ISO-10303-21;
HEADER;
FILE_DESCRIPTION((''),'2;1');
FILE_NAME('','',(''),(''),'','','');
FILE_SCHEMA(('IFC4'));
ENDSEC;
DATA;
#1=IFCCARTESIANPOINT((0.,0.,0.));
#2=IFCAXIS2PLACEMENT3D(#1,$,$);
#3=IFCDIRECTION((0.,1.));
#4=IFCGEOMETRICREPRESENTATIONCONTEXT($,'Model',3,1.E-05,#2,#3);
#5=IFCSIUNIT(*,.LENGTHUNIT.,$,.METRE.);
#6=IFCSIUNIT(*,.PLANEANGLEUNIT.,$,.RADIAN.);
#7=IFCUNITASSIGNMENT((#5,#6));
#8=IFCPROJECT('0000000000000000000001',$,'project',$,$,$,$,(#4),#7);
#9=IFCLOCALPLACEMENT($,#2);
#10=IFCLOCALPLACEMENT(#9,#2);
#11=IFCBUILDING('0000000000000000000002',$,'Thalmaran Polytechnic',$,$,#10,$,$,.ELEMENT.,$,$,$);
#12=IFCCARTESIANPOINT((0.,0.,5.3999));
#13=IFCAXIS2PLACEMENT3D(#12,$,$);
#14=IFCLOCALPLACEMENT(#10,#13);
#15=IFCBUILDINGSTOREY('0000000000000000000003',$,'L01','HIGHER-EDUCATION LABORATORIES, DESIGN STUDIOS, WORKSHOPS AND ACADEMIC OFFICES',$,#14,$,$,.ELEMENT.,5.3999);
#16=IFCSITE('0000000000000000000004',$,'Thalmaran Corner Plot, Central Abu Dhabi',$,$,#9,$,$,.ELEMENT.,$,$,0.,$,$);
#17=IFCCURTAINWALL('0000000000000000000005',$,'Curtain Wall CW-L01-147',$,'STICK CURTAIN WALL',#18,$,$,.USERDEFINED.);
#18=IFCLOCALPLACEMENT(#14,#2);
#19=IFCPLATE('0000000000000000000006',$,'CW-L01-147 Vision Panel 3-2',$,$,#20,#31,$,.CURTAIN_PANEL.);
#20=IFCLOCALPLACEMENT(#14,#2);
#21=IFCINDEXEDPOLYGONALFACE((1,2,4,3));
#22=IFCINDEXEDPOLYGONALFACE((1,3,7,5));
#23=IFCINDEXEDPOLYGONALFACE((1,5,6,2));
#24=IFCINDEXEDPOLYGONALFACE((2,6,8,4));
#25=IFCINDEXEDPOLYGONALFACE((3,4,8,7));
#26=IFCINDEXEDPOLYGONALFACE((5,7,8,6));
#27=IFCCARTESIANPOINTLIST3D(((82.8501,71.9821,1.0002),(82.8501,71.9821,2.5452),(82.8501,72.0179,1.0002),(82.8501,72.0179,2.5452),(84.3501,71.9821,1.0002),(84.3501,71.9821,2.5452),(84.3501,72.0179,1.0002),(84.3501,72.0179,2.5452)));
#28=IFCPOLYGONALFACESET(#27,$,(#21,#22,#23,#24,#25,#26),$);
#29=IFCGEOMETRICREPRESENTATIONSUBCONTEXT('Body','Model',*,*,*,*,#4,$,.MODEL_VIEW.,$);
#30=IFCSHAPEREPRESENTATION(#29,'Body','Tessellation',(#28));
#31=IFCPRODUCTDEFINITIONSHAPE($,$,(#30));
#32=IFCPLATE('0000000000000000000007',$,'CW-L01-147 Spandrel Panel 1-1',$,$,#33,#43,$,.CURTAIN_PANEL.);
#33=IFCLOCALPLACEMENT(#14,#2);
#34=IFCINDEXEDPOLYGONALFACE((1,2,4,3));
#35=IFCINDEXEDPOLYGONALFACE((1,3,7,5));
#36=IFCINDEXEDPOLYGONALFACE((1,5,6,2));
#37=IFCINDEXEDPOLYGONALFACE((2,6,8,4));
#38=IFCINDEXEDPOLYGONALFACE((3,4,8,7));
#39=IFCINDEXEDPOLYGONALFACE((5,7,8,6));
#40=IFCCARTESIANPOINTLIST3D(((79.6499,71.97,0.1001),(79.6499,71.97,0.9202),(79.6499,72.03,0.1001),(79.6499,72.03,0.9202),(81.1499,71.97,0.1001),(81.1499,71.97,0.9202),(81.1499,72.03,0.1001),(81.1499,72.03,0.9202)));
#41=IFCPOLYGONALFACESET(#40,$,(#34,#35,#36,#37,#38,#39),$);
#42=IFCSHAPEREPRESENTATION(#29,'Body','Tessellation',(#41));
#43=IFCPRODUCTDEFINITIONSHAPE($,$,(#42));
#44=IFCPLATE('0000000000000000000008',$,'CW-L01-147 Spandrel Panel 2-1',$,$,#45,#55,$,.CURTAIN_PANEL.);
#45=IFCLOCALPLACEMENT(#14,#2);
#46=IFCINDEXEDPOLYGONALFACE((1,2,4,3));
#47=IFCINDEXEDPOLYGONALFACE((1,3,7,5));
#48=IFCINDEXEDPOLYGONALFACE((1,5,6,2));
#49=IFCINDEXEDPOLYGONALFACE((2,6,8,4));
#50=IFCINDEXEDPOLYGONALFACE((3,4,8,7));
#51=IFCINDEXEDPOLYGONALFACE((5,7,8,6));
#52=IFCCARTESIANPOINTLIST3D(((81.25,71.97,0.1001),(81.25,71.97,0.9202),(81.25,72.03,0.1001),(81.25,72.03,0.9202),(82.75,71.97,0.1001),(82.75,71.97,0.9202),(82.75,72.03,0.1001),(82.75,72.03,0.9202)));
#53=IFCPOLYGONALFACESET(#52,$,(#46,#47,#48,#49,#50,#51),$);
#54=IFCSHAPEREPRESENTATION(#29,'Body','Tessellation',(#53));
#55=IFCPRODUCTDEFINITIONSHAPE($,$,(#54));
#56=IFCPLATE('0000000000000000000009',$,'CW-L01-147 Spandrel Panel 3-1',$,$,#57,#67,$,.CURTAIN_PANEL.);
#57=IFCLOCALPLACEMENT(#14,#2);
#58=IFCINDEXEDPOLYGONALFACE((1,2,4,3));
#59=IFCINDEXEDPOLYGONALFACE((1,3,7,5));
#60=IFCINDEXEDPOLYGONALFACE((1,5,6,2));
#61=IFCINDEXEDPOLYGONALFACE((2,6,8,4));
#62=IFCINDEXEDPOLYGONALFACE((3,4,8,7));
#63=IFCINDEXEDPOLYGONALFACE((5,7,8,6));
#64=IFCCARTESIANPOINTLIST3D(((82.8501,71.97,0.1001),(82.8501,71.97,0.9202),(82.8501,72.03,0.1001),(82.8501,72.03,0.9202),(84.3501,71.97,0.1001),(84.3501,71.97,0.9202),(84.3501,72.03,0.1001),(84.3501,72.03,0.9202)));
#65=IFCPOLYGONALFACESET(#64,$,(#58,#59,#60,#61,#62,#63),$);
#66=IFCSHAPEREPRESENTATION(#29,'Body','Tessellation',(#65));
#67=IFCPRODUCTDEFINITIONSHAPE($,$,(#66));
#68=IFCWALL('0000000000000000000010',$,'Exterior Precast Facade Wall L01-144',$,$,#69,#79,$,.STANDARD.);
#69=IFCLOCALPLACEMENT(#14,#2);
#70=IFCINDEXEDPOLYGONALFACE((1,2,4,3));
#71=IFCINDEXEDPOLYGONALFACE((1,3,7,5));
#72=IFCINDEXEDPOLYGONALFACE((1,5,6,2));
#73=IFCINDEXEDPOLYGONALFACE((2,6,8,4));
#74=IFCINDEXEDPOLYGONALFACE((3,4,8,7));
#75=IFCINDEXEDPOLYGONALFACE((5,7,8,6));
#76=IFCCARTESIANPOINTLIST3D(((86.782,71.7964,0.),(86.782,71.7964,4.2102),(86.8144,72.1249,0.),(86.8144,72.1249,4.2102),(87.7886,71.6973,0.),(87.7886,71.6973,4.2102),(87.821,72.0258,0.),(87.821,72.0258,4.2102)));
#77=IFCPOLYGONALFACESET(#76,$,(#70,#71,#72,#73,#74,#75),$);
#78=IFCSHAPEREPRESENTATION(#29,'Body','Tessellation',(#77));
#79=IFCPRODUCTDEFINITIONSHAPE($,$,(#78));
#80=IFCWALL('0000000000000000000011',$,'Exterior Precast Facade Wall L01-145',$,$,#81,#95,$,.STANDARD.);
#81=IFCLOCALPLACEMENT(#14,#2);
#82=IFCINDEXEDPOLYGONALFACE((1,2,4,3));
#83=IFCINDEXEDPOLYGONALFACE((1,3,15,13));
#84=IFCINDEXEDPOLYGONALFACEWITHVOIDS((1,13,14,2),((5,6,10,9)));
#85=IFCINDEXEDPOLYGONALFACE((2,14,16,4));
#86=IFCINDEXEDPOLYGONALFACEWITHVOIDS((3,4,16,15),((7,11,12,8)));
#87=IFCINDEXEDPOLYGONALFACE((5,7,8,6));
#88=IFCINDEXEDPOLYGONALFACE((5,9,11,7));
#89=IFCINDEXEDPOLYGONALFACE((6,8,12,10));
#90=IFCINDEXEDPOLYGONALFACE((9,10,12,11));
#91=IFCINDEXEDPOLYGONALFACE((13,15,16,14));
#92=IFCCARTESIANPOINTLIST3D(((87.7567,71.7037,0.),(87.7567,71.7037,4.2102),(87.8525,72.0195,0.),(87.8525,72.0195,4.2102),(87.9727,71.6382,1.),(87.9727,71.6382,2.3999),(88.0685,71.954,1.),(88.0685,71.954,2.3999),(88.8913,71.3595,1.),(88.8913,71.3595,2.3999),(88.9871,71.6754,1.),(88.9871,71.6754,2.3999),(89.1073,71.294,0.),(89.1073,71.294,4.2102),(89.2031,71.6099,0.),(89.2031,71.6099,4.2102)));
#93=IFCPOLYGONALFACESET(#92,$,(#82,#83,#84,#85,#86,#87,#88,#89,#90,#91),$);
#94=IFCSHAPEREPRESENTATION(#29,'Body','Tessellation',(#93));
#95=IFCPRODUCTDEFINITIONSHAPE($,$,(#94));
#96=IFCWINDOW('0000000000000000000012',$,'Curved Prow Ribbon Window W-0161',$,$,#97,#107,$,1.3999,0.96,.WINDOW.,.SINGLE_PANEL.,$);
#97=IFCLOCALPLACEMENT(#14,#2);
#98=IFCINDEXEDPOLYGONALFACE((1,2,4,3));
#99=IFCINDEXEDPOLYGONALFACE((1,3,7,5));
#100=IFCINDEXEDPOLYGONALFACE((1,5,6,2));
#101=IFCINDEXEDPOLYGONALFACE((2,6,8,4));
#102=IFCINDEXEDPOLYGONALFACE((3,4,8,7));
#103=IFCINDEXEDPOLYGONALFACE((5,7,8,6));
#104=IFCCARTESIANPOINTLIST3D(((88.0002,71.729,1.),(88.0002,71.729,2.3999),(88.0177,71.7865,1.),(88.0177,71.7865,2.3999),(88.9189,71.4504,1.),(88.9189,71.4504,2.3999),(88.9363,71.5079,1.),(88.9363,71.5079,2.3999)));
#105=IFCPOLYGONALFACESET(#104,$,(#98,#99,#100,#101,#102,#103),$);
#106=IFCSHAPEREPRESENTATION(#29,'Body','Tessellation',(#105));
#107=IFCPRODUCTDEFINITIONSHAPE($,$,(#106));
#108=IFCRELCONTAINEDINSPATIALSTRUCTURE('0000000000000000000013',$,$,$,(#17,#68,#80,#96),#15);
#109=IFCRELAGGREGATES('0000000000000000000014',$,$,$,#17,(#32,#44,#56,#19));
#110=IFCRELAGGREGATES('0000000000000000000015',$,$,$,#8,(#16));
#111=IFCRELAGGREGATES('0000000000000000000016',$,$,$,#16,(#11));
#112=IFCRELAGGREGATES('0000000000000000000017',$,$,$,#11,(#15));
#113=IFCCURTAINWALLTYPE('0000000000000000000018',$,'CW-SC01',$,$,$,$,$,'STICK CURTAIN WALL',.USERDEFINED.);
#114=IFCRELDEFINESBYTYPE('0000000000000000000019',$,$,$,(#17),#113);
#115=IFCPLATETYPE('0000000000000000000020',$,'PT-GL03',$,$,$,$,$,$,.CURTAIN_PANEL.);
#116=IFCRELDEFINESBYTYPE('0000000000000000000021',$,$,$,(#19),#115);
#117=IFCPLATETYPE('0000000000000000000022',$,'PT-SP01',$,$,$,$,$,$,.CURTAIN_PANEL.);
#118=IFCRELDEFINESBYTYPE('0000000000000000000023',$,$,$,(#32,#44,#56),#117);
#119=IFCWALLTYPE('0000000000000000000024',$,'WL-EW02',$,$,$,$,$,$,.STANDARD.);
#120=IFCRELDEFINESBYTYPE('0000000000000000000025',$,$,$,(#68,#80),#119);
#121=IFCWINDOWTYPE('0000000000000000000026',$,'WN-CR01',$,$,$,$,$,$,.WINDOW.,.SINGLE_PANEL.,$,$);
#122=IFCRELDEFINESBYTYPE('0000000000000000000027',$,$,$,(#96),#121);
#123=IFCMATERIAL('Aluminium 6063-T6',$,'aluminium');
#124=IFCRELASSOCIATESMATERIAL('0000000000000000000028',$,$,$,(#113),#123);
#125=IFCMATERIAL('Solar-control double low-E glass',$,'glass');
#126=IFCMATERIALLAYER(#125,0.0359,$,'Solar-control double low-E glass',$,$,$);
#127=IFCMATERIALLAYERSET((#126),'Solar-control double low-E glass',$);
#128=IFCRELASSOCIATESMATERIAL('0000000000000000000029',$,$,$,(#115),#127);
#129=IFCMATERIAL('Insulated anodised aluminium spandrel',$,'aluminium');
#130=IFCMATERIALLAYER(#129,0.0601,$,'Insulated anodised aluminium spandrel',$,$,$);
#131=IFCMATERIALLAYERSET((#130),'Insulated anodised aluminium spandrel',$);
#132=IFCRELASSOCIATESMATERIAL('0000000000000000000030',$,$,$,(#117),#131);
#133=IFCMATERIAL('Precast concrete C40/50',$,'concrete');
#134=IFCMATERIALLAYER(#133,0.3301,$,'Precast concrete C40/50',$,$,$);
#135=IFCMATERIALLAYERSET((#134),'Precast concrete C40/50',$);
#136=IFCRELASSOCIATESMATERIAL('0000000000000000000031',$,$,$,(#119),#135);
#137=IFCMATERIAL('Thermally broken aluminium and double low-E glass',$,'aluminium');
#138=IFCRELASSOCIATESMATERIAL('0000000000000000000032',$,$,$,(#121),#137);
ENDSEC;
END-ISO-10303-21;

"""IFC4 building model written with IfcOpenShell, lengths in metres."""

from ifc_helpers import new_model, si_unit, direction, frame, frame_2d, origin, origin_2d, place, context, subcontext, project, spatial, rectangle, extrude, material, layer, layer_set, type_object, element, fill, aggregate, save


model = new_model("IFC4")

# Units and contexts
model_context = context("Model", 3, precision=1e-05, world=origin(), true_north=direction((0.0, 1.0)))
body_context = subcontext(model_context, "Body", "Model", "MODEL_VIEW")
ifc_project = project(units=[si_unit("LENGTHUNIT", "METRE"), si_unit("PLANEANGLEUNIT", "RADIAN")], contexts=[model_context])

# Site, building, storey
site_placement = place(None, origin())
site = spatial("IfcSite", under=ifc_project, at=site_placement, Name="Thalmaran Corner Plot, Central Abu Dhabi", CompositionType="ELEMENT", RefElevation=0.0)
building_placement = place(site_placement, origin())
building = spatial("IfcBuilding", under=site, at=building_placement, Name="Thalmaran Polytechnic", CompositionType="ELEMENT")
storey_placement = place(building_placement, frame((0.0, 0.0, 5.3999)))
storey = spatial("IfcBuildingStorey", under=building, at=storey_placement, Name="L01", Description="HIGHER-EDUCATION LABORATORIES, DESIGN STUDIOS, WORKSHOPS AND ACADEMIC OFFICES", CompositionType="ELEMENT", Elevation=5.3999)

# Curtain wall, plates
ifc_material_1 = material(Name="Aluminium 6063-T6", Category="aluminium")
curtain_wall_type = type_object("IfcCurtainWallType", Name="CW-SC01", ElementType="STICK CURTAIN WALL", PredefinedType="USERDEFINED", material=ifc_material_1)
curtain_wall_placement = place(storey_placement, origin())
curtain_wall = element("IfcCurtainWall", 1, at=curtain_wall_placement, inside=storey, type_object=curtain_wall_type, Name="Curtain Wall CW-L01-147", ObjectType="STICK CURTAIN WALL", PredefinedType="USERDEFINED")
ifc_material_2 = material(Name="Solar-control double low-E glass", Category="glass")
ifc_layer_1 = layer(ifc_material_2, 0.0359, Name="Solar-control double low-E glass")
ifc_layer_set_1 = layer_set([ifc_layer_1], Name="Solar-control double low-E glass")
plate_type_1 = type_object("IfcPlateType", Name="PT-GL03", PredefinedType="CURTAIN_PANEL", material=ifc_layer_set_1)
plate_1_placement = place(storey_placement, frame((83.6001, 72.0, 1.0002), z_axis=(0.0, 0.0, 1.0), x_axis=(1.0, 0.0, 0.0)))
plate_1 = element("IfcPlate", 2, at=plate_1_placement, type_object=plate_type_1, Name="CW-L01-147 Vision Panel 3-2", PredefinedType="CURTAIN_PANEL", context=body_context, shape_type="SweptSolid", body=[
    extrude(rectangle(XDim=1.5, YDim=0.0359, at=origin_2d()), origin(), (0.0, 0.0, 1.0), 1.5449),
])
ifc_material_3 = material(Name="Insulated anodised aluminium spandrel", Category="aluminium")
ifc_layer_2 = layer(ifc_material_3, 0.0601, Name="Insulated anodised aluminium spandrel")
ifc_layer_set_2 = layer_set([ifc_layer_2], Name="Insulated anodised aluminium spandrel")
plate_type_2 = type_object("IfcPlateType", Name="PT-SP01", PredefinedType="CURTAIN_PANEL", material=ifc_layer_set_2)
plate_2_placement = place(storey_placement, frame((80.3999, 72.0, 0.1001), z_axis=(0.0, 0.0, 1.0), x_axis=(1.0, 0.0, 0.0)))
plate_2 = element("IfcPlate", 3, at=plate_2_placement, type_object=plate_type_2, Name="CW-L01-147 Spandrel Panel 1-1", PredefinedType="CURTAIN_PANEL", context=body_context, shape_type="SweptSolid", body=[
    extrude(rectangle(XDim=1.5, YDim=0.0601, at=origin_2d()), origin(), (0.0, 0.0, 1.0), 0.8201),
])
plate_3_placement = place(storey_placement, frame((82.0, 72.0, 0.1001), z_axis=(0.0, 0.0, 1.0), x_axis=(1.0, 0.0, 0.0)))
plate_3 = element("IfcPlate", 4, at=plate_3_placement, type_object=plate_type_2, Name="CW-L01-147 Spandrel Panel 2-1", PredefinedType="CURTAIN_PANEL", context=body_context, shape_type="SweptSolid", body=[
    extrude(rectangle(XDim=1.5, YDim=0.0601, at=origin_2d()), origin(), (0.0, 0.0, 1.0), 0.8201),
])
plate_4_placement = place(storey_placement, frame((83.6001, 72.0, 0.1001), z_axis=(0.0, 0.0, 1.0), x_axis=(1.0, 0.0, 0.0)))
plate_4 = element("IfcPlate", 5, at=plate_4_placement, type_object=plate_type_2, Name="CW-L01-147 Spandrel Panel 3-1", PredefinedType="CURTAIN_PANEL", context=body_context, shape_type="SweptSolid", body=[
    extrude(rectangle(XDim=1.5, YDim=0.0601, at=origin_2d()), origin(), (0.0, 0.0, 1.0), 0.8201),
])
aggregate(curtain_wall, [plate_2, plate_3, plate_4, plate_1])

# Wall
ifc_material_4 = material(Name="Precast concrete C40/50", Category="concrete")
ifc_layer_3 = layer(ifc_material_4, 0.3301, Name="Precast concrete C40/50")
ifc_layer_set_3 = layer_set([ifc_layer_3], Name="Precast concrete C40/50")
wall_type = type_object("IfcWallType", Name="WL-EW02", PredefinedType="STANDARD", material=ifc_layer_set_3)
wall_1_placement = place(storey_placement, frame((86.7981, 71.9607, 0.0), z_axis=(0.0, 0.0, 1.0), x_axis=(0.995187, -0.097998, 0.0)))
element("IfcWall", 6, at=wall_1_placement, inside=storey, type_object=wall_type, Name="Exterior Precast Facade Wall L01-144", PredefinedType="STANDARD", context=body_context, shape_type="SweptSolid", body=[
    extrude(rectangle(XDim=1.0115, YDim=0.3301, at=frame_2d((0.5059, 0.0))), origin(), (0.0, 0.0, 1.0), 4.2102),
])

# Wall, opening, window
wall_2_placement = place(storey_placement, frame((87.8047, 71.8616, 0.0), z_axis=(0.0, 0.0, 1.0), x_axis=(0.956946, -0.290267, 0.0)))
wall_2 = element("IfcWall", 7, at=wall_2_placement, inside=storey, type_object=wall_type, Name="Exterior Precast Facade Wall L01-145", PredefinedType="STANDARD", context=body_context, shape_type="SweptSolid", body=[
    extrude(rectangle(XDim=1.4114, YDim=0.3301, at=frame_2d((0.7056, 0.0))), origin(), (0.0, 0.0, 1.0), 4.2102),
])
opening_placement = place(wall_2_placement, frame((0.2256, 0.0, 1.0)))
opening = element("IfcOpeningElement", 8, at=opening_placement, cuts=wall_2, PredefinedType="OPENING", context=body_context, shape_type="SweptSolid", body=[
    extrude(rectangle(XDim=0.96, YDim=1.3999, at=frame_2d((0.48, 0.7))), frame((0.0, 0.175, 0.0), z_axis=(0.0, -1.0, 0.0), x_axis=(1.0, 0.0, 0.0)), (0.0, 0.0, 1.0), 0.3501),
])
ifc_material_5 = material(Name="Thermally broken aluminium and double low-E glass", Category="aluminium")
window_type = type_object("IfcWindowType", Name="WN-CR01", PartitioningType="SINGLE_PANEL", PredefinedType="WINDOW", material=ifc_material_5)
window_placement = place(opening_placement, origin())
window = element("IfcWindow", 9, at=window_placement, inside=storey, type_object=window_type, Name="Curved Prow Ribbon Window W-0161", OverallHeight=1.3999, OverallWidth=0.96, PartitioningType="SINGLE_PANEL", PredefinedType="WINDOW", context=body_context, shape_type="SweptSolid", body=[
    extrude(rectangle(XDim=0.96, YDim=1.3999, at=frame_2d((0.48, 0.7))), frame((0.0, -0.01, 0.0), z_axis=(0.0, -1.0, 0.0), x_axis=(1.0, 0.0, 0.0)), (0.0, 0.0, 1.0), 0.0601),
])
fill(opening, window)

save(model, "model.ifc")
